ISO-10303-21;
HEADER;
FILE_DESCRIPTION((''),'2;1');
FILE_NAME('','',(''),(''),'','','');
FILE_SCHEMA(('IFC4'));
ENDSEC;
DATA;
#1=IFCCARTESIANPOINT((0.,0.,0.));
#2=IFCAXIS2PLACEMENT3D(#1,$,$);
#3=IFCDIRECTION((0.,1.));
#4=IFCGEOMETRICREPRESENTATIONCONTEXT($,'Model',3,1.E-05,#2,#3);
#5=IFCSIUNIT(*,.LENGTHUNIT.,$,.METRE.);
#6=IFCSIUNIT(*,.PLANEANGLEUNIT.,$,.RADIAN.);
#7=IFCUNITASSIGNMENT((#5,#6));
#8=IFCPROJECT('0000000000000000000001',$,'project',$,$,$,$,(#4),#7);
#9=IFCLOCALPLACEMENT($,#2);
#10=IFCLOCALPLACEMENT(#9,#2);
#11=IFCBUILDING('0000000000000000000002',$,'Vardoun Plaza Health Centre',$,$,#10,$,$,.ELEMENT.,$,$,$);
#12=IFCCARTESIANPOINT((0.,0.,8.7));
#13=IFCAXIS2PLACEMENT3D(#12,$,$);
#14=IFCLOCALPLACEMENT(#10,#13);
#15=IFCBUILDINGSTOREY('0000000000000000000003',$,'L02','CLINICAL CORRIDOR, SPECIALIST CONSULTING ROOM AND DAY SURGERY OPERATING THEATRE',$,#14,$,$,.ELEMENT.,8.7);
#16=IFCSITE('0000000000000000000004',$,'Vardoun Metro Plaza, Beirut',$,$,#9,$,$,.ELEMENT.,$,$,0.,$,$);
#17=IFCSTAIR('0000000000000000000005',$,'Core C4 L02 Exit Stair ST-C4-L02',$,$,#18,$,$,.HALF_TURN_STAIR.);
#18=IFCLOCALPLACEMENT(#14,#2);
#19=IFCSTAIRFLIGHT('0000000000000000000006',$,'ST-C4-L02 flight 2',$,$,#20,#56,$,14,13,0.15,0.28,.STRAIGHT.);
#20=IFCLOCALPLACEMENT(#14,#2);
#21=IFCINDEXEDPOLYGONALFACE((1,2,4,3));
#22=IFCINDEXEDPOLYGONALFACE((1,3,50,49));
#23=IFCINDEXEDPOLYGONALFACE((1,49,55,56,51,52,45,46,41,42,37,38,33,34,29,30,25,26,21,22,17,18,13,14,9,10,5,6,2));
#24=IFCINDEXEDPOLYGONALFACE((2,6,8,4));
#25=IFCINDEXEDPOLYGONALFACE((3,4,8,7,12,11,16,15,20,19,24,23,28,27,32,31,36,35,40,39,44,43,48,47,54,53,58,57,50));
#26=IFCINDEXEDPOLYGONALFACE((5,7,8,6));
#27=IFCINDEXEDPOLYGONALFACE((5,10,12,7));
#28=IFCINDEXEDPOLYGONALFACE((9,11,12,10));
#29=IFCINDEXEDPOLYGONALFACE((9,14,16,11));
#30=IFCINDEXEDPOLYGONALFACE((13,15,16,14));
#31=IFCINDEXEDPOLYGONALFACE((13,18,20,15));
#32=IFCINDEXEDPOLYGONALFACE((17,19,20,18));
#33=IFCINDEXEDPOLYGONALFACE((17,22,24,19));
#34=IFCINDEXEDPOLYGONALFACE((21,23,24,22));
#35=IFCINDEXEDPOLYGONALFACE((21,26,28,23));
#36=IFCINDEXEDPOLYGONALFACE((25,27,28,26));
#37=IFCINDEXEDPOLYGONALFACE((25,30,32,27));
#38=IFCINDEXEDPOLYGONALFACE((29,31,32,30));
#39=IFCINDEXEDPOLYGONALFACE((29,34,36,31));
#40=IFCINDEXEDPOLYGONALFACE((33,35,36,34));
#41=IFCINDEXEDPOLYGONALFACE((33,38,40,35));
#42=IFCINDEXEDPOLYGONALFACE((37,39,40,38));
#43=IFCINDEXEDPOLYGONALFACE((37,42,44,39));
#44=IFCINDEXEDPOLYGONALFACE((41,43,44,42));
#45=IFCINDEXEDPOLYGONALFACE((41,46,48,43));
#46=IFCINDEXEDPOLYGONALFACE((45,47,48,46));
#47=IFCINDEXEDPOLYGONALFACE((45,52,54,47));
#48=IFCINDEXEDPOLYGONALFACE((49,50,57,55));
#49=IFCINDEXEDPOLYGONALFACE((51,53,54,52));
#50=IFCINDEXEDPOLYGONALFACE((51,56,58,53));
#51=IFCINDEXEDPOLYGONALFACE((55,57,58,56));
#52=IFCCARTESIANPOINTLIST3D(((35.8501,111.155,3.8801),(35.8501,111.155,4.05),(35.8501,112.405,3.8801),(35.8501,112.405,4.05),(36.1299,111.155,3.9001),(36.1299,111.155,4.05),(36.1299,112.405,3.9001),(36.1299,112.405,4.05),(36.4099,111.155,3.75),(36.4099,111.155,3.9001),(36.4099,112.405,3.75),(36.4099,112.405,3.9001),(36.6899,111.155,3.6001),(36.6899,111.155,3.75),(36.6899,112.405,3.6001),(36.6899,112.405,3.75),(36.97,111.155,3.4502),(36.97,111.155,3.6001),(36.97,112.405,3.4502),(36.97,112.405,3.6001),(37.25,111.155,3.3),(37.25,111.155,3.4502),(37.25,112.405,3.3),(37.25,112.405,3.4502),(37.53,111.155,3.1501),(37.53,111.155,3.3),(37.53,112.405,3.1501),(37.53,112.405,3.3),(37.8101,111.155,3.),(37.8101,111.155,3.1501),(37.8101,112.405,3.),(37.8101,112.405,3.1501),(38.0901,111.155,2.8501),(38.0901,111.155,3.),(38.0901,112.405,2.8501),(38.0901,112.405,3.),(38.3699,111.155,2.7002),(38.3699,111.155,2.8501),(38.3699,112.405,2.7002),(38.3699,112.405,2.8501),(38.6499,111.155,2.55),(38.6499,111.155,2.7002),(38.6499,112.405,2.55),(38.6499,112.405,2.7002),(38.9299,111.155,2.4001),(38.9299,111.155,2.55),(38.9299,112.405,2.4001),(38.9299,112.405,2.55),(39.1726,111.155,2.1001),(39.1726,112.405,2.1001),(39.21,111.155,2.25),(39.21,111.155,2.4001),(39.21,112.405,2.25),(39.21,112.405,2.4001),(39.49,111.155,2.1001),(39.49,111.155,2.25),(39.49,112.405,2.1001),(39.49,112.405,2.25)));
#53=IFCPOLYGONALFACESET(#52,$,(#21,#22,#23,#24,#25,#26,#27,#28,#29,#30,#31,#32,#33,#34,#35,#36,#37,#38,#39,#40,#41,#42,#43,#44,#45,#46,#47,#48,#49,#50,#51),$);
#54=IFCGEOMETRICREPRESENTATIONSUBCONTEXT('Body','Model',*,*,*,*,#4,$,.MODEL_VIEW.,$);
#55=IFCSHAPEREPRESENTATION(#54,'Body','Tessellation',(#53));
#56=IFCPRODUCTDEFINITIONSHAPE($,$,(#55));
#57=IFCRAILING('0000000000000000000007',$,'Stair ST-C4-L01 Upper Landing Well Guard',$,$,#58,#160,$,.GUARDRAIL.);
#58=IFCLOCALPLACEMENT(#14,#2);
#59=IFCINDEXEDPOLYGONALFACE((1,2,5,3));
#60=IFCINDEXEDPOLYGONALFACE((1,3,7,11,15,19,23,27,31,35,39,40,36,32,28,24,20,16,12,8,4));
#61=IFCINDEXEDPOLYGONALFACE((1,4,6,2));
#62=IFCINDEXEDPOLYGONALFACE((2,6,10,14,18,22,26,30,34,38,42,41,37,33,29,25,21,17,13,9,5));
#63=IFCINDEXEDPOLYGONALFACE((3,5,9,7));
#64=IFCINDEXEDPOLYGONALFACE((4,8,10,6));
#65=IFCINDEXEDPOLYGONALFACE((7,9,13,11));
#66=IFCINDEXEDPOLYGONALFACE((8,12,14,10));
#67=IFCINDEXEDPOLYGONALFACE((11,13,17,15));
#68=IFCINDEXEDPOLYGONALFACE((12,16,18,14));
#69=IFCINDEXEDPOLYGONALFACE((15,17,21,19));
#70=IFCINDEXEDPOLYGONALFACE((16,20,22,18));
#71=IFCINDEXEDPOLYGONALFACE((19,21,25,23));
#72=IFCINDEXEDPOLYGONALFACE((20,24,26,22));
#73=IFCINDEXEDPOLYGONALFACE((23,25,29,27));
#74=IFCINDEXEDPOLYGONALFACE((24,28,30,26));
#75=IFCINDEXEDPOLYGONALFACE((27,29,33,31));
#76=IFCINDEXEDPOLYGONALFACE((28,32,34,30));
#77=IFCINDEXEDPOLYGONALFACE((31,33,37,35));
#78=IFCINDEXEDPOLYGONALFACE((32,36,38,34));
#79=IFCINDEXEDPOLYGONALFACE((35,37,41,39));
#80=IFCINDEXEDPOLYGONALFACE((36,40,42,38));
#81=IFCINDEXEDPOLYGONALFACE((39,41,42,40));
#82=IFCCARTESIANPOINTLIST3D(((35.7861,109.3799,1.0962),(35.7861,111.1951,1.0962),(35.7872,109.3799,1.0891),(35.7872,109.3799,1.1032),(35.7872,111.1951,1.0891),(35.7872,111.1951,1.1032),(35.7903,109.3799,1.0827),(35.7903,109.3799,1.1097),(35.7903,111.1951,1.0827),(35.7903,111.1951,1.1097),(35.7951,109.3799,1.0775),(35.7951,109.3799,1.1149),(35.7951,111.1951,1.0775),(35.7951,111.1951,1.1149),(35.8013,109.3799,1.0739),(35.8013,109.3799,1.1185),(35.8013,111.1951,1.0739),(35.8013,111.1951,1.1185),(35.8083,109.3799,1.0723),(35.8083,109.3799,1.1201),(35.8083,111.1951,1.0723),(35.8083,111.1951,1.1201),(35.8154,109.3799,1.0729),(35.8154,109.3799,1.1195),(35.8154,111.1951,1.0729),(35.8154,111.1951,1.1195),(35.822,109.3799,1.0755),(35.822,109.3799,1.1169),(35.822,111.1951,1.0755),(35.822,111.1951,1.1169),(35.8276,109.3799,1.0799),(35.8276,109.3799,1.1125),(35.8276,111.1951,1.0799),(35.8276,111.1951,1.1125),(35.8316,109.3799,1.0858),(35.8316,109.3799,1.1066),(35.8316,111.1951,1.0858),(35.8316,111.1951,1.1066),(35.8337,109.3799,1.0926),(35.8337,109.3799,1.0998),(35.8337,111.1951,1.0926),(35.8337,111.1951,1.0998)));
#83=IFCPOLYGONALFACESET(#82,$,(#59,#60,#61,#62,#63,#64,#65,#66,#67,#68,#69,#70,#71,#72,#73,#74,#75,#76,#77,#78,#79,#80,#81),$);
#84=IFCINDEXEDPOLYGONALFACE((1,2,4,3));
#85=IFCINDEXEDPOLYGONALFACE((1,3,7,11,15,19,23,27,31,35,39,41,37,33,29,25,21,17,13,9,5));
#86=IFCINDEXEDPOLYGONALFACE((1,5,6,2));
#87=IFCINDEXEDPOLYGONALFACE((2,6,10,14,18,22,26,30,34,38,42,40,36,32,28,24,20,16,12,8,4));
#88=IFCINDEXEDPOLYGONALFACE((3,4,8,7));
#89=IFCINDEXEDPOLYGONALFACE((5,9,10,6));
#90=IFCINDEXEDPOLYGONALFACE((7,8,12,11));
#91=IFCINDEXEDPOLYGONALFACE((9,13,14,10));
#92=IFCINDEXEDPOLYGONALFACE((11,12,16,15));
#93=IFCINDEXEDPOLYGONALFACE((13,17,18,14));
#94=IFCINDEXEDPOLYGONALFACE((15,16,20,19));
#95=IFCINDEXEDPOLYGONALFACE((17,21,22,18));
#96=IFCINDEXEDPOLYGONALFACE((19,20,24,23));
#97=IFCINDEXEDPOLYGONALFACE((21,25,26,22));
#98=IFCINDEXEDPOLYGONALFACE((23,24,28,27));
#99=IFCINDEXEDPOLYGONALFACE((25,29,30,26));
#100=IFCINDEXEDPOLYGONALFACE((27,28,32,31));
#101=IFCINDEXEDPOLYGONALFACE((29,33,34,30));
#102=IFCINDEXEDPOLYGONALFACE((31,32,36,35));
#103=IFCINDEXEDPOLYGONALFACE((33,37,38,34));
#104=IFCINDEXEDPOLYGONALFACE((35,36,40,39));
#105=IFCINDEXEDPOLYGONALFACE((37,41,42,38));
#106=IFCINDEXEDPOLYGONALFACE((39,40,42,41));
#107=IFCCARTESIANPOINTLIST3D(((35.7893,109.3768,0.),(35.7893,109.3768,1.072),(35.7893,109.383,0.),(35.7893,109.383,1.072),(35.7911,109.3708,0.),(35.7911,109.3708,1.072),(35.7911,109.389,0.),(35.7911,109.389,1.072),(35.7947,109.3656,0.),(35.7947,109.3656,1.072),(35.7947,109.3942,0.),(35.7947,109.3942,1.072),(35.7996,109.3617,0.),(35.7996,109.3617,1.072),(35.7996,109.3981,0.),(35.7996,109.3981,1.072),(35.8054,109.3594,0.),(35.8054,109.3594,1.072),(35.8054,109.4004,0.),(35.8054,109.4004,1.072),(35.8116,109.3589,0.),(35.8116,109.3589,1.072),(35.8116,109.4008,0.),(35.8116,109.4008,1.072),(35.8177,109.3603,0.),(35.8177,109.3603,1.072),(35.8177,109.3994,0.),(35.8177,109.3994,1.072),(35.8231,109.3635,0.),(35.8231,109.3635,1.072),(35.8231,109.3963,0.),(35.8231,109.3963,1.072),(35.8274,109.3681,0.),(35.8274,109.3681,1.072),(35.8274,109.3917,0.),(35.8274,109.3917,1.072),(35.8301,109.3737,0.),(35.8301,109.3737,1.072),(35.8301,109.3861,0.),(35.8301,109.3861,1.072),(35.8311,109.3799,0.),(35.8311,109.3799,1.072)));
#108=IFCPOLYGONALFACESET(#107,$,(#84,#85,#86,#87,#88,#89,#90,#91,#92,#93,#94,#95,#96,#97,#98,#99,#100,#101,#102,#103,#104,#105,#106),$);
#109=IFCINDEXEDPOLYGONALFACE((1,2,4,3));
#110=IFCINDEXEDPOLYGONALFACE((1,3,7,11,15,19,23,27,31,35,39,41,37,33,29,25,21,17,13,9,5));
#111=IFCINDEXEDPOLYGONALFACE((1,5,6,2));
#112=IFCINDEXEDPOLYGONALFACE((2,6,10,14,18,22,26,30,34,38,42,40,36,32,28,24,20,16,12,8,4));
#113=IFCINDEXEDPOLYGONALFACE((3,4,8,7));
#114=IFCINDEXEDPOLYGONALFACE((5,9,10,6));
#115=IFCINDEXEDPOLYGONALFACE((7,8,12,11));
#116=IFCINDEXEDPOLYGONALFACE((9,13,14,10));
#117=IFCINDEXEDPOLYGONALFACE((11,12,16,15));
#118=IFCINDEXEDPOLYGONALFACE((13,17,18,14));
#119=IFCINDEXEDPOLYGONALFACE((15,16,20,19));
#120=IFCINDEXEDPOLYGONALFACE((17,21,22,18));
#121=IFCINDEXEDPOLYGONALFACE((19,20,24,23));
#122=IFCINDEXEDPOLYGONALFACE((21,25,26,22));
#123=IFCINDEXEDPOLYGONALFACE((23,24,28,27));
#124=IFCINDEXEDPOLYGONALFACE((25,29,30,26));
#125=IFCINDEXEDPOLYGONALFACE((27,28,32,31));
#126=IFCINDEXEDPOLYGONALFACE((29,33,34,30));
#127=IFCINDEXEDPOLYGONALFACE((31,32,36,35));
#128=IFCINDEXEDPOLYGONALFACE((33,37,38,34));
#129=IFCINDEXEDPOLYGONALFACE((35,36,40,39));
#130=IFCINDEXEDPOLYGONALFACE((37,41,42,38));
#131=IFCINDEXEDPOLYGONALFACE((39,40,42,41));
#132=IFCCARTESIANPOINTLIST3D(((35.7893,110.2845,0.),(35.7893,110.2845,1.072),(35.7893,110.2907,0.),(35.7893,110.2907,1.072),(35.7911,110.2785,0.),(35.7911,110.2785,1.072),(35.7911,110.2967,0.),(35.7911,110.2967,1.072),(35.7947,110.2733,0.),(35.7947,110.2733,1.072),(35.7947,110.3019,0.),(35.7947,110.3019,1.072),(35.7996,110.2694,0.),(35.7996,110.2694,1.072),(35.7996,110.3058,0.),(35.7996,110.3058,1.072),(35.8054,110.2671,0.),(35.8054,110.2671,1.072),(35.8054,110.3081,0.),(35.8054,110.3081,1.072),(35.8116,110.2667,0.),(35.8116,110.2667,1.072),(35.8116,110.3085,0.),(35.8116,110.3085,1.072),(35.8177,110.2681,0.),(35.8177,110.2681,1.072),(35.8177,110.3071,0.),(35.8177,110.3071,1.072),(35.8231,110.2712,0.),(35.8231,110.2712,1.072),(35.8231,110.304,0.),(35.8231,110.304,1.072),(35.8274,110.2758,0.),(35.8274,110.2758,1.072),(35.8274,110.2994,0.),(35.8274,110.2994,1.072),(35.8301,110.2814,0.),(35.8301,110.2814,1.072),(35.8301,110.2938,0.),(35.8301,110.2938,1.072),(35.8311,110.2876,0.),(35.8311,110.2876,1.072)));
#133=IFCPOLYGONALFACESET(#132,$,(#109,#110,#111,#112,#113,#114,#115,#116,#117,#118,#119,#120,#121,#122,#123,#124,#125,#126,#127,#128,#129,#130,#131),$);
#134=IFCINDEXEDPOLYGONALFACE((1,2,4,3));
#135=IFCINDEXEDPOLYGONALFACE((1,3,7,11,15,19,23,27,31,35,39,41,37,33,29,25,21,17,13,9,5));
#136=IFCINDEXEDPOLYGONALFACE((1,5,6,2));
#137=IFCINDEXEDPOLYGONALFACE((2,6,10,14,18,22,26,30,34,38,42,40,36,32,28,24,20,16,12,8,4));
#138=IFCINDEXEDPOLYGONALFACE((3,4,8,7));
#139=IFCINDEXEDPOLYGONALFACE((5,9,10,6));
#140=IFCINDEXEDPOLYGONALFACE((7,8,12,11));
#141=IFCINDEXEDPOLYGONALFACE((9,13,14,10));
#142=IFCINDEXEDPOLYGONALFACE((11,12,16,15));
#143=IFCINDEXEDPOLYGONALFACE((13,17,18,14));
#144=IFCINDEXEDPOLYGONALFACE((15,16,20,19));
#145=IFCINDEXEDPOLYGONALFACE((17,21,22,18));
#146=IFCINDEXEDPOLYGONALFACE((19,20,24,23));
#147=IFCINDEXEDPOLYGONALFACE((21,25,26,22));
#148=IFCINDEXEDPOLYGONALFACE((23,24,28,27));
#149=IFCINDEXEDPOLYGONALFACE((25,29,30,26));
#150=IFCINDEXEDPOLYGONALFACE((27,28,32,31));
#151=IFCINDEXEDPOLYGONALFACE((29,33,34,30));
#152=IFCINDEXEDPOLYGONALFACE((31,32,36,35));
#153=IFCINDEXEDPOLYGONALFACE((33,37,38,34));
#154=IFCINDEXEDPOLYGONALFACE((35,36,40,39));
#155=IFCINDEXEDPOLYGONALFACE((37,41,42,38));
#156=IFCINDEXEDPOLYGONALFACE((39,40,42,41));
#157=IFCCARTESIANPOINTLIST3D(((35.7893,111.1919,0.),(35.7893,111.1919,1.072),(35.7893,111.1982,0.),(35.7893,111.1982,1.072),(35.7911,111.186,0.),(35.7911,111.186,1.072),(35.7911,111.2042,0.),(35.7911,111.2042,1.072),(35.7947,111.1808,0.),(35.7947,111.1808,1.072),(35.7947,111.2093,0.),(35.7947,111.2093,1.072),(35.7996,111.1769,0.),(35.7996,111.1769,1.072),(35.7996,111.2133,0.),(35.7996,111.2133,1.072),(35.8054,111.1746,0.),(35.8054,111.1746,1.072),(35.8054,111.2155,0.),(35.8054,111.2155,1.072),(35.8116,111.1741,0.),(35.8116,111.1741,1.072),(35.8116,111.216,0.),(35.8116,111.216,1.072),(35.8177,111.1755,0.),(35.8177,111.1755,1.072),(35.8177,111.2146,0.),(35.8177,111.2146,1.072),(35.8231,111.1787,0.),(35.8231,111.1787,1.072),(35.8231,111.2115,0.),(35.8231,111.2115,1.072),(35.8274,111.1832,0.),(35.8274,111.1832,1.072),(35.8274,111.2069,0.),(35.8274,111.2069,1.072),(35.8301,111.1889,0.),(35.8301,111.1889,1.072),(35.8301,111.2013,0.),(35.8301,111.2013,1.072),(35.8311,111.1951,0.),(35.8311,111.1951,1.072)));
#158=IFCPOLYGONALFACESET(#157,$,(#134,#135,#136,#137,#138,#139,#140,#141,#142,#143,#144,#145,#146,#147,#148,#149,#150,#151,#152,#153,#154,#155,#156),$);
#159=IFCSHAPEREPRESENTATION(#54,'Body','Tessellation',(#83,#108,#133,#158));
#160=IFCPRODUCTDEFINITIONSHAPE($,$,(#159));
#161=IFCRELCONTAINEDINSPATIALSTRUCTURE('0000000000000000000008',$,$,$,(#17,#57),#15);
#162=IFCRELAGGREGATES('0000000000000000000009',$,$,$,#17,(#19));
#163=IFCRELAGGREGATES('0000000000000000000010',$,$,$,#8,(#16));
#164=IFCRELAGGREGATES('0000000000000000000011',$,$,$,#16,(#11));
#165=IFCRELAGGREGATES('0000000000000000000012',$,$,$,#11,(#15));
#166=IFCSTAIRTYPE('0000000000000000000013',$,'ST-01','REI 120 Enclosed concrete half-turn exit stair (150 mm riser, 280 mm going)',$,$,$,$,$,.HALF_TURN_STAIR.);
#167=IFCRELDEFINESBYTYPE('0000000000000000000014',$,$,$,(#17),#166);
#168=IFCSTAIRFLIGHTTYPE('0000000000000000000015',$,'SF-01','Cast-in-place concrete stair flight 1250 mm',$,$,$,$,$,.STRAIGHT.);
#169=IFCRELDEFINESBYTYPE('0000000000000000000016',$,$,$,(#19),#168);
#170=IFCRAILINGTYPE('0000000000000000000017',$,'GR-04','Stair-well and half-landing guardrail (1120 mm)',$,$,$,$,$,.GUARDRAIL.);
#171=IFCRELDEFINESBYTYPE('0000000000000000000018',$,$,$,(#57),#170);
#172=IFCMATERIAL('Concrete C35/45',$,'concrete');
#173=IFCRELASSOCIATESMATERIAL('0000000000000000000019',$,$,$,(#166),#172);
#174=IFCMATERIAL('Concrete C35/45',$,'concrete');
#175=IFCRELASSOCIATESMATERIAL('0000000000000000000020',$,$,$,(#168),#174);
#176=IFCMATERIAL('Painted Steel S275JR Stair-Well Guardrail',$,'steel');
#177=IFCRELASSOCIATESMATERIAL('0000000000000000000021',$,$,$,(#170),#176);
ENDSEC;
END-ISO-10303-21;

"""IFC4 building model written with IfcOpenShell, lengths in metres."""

from ifc_helpers import new_model, si_unit, direction, frame, origin, origin_2d, place, context, subcontext, project, spatial, polyline, circle, outline, extrude, material, type_object, element, aggregate, save


model = new_model("IFC4")

# Units and contexts
model_context = context("Model", 3, precision=1e-05, world=origin(), true_north=direction((0.0, 1.0)))
body_context = subcontext(model_context, "Body", "Model", "MODEL_VIEW")
ifc_project = project(units=[si_unit("LENGTHUNIT", "METRE"), si_unit("PLANEANGLEUNIT", "RADIAN")], contexts=[model_context])

# Site, building, storey
site_placement = place(None, origin())
site = spatial("IfcSite", under=ifc_project, at=site_placement, Name="Vardoun Metro Plaza, Beirut", CompositionType="ELEMENT", RefElevation=0.0)
building_placement = place(site_placement, origin())
building = spatial("IfcBuilding", under=site, at=building_placement, Name="Vardoun Plaza Health Centre", CompositionType="ELEMENT")
storey_placement = place(building_placement, frame((0.0, 0.0, 8.7)))
storey = spatial("IfcBuildingStorey", under=building, at=storey_placement, Name="L02", Description="CLINICAL CORRIDOR, SPECIALIST CONSULTING ROOM AND DAY SURGERY OPERATING THEATRE", CompositionType="ELEMENT", Elevation=8.7)

# Stair, stair flight
ifc_material_1 = material(Name="Concrete C35/45", Category="concrete")
stair_type = type_object("IfcStairType", Name="ST-01", Description="REI 120 Enclosed concrete half-turn exit stair (150 mm riser, 280 mm going)", PredefinedType="HALF_TURN_STAIR", material=ifc_material_1)
stair_placement = place(storey_placement, origin())
stair = element("IfcStair", 1, at=stair_placement, inside=storey, type_object=stair_type, Name="Core C4 L02 Exit Stair ST-C4-L02", PredefinedType="HALF_TURN_STAIR")
ifc_material_2 = material(Name="Concrete C35/45", Category="concrete")
stair_flight_type = type_object("IfcStairFlightType", Name="SF-01", Description="Cast-in-place concrete stair flight 1250 mm", PredefinedType="STRAIGHT", material=ifc_material_2)
stair_flight_1_placement = place(storey_placement, frame((39.49, 111.78, 2.1001), z_axis=(0.0, 0.0, 1.0), x_axis=(-1.0, 0.0, 0.0)))
stair_flight_1 = element("IfcStairFlight", 2, at=stair_flight_1_placement, type_object=stair_flight_type, Name="ST-C4-L02 flight 2", NumberOfRisers=14, NumberOfTreads=13, PredefinedType="STRAIGHT", RiserHeight=0.15, TreadLength=0.28, context=body_context, shape_type="SweptSolid", body=[
    extrude(outline(polyline([(0.0, 0.0), (0.0, 0.1499), (0.28, 0.1499), (0.28, 0.3), (0.5601, 0.3), (0.5601, 0.45), (0.8401, 0.45), (0.8401, 0.6001), (1.1201, 0.6001), (1.1201, 0.75), (1.3999, 0.75), (1.3999, 0.8999), (1.6799, 0.8999), (1.6799, 1.05), (1.96, 1.05), (1.96, 1.2), (2.24, 1.2), (2.24, 1.3501), (2.52, 1.3501), (2.52, 1.5), (2.8, 1.5), (2.8, 1.6499), (3.0801, 1.6499), (3.0801, 1.8), (3.3601, 1.8), (3.3601, 1.95), (3.6399, 1.95), (3.6399, 2.1001), (3.6399, 1.78), (0.3174, 0.0), (0.0, 0.0)])), frame((0.0, 0.625, 0.0), z_axis=(0.0, -1.0, 0.0), x_axis=(1.0, 0.0, 0.0)), (0.0, 0.0, 1.0), 1.25),
])
aggregate(stair, [stair_flight_1])

# Railing
ifc_material_3 = material(Name="Painted Steel S275JR Stair-Well Guardrail", Category="steel")
railing_type_1 = type_object("IfcRailingType", Name="GR-04", Description="Stair-well and half-landing guardrail (1120 mm)", PredefinedType="GUARDRAIL", material=ifc_material_3)
railing_1_placement = place(storey_placement, frame((35.8101, 109.3799, 0.0)))
element("IfcRailing", 3, at=railing_1_placement, inside=storey, type_object=railing_type_1, Name="Stair ST-C4-L01 Upper Landing Well Guard", PredefinedType="GUARDRAIL", context=body_context, shape_type="SweptSolid", body=[
    extrude(circle(Radius=0.0239, at=origin_2d()), frame((0.0, 0.0, 1.0962), z_axis=(0.0, 1.0, 0.0), x_axis=(-1.0, 0.0, 0.0)), (0.0, 0.0, 1.0), 1.8152),
    extrude(circle(Radius=0.021, at=origin_2d()), origin(), (0.0, 0.0, 1.0), 1.072),
    extrude(circle(Radius=0.021, at=origin_2d()), frame((0.0, 0.9077, 0.0)), (0.0, 0.0, 1.0), 1.072),
    extrude(circle(Radius=0.021, at=origin_2d()), frame((0.0, 1.8152, 0.0)), (0.0, 0.0, 1.0), 1.072),
])

save(model, "model.ifc")
